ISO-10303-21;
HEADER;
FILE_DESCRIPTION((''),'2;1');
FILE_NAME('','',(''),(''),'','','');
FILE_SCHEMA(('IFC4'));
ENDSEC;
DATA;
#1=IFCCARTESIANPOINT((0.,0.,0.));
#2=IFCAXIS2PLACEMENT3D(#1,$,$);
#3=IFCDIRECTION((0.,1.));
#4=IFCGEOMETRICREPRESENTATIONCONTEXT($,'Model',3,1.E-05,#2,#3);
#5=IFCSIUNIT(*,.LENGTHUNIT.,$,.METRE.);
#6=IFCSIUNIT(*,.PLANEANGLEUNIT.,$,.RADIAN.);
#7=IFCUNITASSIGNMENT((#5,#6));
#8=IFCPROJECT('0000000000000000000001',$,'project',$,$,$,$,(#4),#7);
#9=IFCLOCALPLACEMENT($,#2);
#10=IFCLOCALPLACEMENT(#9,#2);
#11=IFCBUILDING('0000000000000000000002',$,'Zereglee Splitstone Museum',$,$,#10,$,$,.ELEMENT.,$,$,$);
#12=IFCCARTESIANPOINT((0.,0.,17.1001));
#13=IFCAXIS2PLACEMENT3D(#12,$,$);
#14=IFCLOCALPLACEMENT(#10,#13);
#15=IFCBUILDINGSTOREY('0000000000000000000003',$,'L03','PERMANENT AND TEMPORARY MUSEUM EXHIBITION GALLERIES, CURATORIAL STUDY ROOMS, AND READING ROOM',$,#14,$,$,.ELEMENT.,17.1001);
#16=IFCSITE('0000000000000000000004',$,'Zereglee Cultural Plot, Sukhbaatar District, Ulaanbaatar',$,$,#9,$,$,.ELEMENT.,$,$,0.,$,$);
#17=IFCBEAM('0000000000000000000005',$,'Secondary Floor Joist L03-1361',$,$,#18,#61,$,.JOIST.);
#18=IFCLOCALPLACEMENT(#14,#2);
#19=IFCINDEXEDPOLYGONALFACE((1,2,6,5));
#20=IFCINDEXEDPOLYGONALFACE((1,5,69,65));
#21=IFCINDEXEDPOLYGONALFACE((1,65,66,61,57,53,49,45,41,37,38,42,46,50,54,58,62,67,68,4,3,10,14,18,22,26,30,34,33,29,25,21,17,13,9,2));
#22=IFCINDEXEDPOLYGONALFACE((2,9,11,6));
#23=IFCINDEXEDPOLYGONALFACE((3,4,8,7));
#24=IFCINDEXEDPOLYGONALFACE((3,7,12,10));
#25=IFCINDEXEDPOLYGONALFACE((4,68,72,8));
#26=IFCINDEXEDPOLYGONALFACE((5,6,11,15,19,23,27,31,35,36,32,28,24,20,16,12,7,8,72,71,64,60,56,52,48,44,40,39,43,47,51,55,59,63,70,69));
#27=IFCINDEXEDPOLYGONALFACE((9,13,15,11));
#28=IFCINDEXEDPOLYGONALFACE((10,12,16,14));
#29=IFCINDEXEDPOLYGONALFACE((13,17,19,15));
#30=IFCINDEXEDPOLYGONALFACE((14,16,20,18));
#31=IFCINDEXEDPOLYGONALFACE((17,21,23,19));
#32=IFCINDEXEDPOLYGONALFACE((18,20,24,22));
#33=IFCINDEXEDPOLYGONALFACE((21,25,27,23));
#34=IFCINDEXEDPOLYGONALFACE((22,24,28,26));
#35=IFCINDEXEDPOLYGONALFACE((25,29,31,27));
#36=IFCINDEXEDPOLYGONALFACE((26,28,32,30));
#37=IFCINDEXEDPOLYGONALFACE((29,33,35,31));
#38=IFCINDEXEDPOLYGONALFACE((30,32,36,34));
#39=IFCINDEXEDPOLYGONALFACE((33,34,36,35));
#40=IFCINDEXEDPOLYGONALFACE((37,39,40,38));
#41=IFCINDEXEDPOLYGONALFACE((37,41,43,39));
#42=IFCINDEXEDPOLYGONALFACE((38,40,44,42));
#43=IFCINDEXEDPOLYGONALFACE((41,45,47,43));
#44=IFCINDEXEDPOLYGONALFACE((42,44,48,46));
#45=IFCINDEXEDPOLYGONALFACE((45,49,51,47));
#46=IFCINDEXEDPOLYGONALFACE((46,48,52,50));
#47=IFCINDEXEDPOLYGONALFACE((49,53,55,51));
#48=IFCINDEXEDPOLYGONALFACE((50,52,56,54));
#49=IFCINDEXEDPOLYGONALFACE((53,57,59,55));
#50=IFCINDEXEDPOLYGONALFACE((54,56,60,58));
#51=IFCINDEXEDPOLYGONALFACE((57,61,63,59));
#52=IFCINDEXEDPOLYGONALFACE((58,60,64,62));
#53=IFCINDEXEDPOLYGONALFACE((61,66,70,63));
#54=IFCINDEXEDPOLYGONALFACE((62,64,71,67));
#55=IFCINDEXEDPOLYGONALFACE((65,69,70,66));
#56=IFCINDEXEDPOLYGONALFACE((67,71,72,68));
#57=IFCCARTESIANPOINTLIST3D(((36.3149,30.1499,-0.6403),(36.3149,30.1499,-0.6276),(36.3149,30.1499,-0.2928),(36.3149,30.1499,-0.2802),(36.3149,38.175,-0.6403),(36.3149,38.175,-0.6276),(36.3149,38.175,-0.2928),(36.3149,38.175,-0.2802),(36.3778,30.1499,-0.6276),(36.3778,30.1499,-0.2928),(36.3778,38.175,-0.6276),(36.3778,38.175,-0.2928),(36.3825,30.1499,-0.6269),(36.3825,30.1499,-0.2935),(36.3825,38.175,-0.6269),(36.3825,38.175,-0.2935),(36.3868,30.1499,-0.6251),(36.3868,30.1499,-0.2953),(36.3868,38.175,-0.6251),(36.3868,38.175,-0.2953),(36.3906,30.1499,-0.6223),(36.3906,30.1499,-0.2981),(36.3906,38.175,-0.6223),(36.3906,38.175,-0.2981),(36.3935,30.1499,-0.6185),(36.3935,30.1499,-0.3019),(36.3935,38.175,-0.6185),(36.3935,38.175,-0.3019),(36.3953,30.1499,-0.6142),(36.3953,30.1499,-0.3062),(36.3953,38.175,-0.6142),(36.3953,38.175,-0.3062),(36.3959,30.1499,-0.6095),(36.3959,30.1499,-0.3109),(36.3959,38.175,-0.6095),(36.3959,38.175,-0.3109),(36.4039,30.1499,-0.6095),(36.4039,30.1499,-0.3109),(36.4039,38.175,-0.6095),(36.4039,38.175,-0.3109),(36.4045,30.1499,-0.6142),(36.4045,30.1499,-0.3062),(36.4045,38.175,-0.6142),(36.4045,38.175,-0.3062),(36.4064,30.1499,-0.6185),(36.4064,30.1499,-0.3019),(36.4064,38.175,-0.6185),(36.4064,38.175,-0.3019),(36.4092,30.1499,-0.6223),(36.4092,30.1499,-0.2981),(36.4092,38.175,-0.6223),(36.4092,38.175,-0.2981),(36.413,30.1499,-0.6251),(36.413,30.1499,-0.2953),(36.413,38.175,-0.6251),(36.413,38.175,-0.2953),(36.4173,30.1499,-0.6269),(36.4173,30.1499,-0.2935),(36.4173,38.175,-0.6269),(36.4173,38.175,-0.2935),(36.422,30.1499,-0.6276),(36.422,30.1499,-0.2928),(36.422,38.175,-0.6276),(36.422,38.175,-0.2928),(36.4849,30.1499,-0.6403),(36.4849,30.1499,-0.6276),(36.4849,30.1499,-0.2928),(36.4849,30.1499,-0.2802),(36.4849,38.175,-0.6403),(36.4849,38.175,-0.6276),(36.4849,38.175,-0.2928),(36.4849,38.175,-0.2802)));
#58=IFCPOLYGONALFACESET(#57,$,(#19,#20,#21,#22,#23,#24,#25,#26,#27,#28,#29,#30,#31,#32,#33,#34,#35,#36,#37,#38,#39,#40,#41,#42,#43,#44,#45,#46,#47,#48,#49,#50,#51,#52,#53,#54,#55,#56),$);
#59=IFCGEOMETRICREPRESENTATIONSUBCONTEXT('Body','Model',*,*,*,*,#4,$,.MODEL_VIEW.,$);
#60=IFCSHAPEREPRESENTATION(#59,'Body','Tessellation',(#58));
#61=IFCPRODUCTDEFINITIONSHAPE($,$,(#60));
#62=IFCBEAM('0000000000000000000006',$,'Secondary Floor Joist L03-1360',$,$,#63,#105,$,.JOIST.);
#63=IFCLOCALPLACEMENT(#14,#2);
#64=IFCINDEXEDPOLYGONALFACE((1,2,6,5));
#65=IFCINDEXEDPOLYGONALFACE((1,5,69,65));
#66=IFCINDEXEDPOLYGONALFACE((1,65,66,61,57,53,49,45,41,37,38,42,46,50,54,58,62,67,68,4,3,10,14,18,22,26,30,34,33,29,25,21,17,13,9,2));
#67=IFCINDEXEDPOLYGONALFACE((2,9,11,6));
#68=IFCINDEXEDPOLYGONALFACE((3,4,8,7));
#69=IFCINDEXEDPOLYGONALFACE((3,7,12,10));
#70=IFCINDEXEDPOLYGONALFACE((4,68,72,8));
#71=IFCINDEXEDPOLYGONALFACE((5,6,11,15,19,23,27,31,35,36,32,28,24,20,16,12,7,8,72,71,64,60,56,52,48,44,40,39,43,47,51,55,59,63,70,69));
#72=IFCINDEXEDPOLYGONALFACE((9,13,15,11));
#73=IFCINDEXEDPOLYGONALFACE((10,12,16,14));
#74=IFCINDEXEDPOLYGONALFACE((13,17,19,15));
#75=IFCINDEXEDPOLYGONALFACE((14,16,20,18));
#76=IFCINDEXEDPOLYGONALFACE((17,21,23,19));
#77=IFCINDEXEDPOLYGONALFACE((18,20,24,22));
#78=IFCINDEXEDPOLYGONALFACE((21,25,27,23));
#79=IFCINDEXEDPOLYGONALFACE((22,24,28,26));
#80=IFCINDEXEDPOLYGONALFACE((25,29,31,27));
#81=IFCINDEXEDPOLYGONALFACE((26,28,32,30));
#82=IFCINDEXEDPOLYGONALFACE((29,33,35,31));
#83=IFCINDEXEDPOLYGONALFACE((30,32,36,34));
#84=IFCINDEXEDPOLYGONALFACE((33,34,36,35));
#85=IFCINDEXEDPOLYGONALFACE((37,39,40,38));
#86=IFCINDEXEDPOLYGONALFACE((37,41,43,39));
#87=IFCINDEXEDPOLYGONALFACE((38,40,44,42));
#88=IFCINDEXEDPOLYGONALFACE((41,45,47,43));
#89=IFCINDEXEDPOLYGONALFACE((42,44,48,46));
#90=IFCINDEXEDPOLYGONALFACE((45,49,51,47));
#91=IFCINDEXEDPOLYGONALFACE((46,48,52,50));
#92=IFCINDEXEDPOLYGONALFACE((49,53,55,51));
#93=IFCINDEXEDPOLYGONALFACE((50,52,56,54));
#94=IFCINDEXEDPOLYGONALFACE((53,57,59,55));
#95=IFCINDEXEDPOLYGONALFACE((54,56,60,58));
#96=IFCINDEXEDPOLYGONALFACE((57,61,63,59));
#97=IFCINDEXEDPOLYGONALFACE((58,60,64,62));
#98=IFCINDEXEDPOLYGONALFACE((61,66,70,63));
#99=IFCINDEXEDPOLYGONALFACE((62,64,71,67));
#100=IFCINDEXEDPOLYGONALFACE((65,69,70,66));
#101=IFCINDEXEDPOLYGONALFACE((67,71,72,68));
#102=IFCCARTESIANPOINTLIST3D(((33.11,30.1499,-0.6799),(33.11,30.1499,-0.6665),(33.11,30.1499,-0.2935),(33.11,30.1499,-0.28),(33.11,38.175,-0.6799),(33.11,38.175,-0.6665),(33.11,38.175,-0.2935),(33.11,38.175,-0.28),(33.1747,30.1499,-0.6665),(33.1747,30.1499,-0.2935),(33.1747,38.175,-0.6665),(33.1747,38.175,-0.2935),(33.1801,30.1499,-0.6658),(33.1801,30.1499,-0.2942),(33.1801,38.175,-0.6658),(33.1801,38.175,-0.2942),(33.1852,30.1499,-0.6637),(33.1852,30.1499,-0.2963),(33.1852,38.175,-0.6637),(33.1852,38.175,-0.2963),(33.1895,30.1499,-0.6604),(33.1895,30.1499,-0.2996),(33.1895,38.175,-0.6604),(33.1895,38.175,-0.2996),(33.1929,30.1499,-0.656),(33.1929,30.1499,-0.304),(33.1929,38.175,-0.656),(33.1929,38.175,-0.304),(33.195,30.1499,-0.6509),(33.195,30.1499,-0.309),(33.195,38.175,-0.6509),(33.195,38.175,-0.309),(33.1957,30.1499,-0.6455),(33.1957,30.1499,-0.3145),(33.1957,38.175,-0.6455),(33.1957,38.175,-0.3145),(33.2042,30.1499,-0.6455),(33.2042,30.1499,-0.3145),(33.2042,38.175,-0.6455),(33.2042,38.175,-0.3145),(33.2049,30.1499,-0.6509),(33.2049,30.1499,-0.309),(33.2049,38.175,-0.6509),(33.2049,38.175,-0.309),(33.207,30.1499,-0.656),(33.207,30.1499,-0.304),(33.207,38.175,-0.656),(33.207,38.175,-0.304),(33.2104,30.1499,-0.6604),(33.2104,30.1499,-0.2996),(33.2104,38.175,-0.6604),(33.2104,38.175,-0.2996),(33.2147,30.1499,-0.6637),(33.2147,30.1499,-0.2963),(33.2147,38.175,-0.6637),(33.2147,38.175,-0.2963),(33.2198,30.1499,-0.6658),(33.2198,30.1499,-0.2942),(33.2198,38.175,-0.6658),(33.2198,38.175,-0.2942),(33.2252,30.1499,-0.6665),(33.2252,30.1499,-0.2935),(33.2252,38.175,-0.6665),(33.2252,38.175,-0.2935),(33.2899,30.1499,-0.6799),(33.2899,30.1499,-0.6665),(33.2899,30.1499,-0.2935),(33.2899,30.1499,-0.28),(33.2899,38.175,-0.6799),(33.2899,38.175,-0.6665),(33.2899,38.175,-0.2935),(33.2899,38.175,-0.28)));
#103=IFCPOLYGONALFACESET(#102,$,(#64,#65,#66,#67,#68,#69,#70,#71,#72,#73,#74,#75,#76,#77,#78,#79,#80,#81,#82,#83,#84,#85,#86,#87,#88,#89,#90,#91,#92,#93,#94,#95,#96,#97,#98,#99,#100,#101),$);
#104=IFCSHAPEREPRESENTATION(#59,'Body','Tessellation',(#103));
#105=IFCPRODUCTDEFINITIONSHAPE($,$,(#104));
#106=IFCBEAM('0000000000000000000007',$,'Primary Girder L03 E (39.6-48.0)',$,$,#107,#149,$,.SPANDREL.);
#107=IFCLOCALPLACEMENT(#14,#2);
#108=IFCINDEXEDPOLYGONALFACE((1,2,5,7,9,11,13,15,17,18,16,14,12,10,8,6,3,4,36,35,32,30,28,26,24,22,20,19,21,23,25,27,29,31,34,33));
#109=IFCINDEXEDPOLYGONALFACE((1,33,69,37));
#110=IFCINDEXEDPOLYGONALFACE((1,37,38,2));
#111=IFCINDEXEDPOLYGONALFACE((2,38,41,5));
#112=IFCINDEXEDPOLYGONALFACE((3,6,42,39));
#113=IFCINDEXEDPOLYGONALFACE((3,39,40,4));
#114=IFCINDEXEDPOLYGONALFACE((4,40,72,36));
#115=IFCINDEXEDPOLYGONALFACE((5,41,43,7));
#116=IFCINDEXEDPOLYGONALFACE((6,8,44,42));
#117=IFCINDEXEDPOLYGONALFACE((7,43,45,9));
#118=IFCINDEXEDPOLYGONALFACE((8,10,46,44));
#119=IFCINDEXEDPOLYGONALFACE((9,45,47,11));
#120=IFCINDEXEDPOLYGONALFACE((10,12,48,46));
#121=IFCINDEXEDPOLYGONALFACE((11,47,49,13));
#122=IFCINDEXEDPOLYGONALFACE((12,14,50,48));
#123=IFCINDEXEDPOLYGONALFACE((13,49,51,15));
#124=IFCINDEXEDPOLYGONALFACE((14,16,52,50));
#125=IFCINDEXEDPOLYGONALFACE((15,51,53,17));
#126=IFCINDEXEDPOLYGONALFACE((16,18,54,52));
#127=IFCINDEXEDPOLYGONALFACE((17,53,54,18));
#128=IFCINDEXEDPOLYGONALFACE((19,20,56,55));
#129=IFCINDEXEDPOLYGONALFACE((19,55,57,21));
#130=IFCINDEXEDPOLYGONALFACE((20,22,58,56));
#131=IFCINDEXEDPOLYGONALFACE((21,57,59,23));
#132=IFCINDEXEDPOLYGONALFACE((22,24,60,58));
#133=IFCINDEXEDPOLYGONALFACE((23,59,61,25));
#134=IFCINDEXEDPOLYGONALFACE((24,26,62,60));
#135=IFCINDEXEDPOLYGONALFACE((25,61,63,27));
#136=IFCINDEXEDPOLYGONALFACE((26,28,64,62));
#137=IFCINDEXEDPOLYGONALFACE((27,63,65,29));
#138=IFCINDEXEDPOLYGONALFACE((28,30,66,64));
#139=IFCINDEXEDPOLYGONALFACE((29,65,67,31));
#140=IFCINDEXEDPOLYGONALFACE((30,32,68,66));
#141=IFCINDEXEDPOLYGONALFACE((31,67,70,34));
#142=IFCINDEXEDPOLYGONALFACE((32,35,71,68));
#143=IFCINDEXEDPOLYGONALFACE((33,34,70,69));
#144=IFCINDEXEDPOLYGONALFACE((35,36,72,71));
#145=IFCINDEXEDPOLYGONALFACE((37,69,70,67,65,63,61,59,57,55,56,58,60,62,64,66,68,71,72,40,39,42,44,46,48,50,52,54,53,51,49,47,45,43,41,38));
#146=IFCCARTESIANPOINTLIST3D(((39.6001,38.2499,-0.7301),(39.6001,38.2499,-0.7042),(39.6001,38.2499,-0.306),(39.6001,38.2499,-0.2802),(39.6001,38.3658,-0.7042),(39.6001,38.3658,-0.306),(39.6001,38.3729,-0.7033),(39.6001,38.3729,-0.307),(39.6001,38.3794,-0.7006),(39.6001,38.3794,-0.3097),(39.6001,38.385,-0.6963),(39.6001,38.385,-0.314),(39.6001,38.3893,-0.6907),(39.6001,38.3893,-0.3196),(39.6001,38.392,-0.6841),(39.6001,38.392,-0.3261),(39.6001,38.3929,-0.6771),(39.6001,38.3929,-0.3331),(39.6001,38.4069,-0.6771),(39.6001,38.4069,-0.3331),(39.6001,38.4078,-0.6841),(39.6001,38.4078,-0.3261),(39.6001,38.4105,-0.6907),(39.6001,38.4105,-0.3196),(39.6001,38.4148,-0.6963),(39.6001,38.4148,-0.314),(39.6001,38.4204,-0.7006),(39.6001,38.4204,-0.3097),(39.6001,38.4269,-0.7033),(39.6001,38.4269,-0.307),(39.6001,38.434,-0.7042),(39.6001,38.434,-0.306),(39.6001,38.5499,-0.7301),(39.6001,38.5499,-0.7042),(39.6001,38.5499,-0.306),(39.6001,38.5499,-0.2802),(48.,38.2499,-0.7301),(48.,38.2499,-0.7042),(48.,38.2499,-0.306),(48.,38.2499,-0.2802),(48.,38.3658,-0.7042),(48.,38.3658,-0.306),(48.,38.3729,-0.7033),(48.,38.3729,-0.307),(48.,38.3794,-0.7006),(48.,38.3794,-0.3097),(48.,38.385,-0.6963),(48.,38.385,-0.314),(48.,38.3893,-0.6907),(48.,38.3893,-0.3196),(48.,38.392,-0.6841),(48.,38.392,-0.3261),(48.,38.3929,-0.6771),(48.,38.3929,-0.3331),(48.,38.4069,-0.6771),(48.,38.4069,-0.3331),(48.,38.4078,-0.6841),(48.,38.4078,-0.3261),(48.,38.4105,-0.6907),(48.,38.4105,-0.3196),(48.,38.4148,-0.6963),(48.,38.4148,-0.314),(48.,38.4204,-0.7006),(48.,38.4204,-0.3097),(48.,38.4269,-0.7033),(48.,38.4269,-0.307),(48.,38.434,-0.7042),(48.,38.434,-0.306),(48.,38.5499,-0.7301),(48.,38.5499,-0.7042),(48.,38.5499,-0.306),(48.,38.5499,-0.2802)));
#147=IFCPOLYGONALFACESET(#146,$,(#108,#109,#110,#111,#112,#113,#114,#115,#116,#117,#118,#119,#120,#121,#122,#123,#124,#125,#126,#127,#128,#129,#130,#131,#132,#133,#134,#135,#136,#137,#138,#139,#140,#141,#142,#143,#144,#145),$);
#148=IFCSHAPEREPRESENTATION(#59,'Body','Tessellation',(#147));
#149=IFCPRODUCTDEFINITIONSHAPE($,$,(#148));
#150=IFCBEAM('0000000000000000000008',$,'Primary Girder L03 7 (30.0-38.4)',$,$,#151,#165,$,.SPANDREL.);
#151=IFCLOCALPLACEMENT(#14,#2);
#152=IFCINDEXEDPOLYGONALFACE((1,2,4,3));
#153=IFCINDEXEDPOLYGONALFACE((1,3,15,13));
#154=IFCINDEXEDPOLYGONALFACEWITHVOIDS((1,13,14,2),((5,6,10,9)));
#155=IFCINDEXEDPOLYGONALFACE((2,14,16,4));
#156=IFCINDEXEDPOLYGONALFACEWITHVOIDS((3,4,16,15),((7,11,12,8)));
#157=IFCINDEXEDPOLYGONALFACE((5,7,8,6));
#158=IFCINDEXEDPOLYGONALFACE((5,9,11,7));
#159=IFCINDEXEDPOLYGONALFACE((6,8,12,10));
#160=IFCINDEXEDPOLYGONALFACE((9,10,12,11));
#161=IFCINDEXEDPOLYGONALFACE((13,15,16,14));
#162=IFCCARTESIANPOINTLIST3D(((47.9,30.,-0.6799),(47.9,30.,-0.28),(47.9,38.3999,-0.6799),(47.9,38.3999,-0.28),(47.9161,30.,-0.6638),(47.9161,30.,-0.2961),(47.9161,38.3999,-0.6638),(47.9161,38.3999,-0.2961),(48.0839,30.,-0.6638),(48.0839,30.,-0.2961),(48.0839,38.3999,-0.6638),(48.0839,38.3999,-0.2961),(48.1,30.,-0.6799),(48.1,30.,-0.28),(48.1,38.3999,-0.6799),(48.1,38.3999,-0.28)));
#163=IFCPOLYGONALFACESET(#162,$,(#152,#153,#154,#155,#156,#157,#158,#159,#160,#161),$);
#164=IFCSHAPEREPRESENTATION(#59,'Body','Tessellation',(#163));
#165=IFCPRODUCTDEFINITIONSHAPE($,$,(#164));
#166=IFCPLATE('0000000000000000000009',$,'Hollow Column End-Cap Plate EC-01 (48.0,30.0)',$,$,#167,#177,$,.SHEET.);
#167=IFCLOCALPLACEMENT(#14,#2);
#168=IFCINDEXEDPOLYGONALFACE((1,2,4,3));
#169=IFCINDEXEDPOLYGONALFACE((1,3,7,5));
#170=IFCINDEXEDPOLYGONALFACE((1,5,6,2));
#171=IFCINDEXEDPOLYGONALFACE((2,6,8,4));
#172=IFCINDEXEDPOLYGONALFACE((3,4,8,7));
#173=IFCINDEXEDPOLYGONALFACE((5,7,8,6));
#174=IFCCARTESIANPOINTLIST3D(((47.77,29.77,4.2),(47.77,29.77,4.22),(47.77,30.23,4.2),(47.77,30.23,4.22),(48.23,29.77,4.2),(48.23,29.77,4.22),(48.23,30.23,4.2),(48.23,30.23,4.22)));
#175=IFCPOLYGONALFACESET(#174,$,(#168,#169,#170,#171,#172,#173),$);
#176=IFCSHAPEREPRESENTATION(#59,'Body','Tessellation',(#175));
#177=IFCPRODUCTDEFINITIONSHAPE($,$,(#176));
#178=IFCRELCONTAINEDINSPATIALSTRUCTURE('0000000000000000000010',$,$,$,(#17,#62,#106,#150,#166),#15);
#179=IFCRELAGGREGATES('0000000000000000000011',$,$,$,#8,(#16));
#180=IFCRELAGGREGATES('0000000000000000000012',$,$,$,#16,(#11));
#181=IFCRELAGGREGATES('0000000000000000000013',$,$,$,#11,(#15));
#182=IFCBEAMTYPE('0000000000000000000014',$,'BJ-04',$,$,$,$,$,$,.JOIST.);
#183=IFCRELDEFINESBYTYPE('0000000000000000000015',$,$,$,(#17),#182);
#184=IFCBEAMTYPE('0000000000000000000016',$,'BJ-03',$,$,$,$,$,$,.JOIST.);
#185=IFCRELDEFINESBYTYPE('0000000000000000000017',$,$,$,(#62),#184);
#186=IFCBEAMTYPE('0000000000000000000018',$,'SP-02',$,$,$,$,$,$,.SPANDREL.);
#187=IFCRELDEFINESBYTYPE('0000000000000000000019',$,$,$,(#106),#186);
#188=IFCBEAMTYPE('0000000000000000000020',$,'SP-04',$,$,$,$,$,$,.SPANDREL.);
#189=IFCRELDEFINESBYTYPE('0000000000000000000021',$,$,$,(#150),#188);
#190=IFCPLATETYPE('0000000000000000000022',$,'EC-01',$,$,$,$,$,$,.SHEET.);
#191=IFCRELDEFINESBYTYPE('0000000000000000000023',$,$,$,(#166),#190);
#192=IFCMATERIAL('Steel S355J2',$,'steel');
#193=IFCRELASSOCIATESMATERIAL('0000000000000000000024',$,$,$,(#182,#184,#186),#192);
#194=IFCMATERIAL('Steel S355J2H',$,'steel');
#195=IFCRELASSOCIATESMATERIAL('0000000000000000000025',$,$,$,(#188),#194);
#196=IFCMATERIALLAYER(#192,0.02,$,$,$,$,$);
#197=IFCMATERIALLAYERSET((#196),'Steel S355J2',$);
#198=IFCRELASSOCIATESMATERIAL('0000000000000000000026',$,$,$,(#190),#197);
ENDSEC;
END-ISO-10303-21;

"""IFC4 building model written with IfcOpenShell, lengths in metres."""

from ifc_helpers import new_model, si_unit, direction, frame, origin, origin_2d, place, context, subcontext, project, spatial, rectangle, hollow_rectangle, i_section, extrude, material, layer, layer_set, material_profile, profile_set, type_object, element, save


model = new_model("IFC4")

# Units and contexts
model_context = context("Model", 3, precision=1e-05, world=origin(), true_north=direction((0.0, 1.0)))
body_context = subcontext(model_context, "Body", "Model", "MODEL_VIEW")
ifc_project = project(units=[si_unit("LENGTHUNIT", "METRE"), si_unit("PLANEANGLEUNIT", "RADIAN")], contexts=[model_context])

# Site, building, storey
site_placement = place(None, origin())
site = spatial("IfcSite", under=ifc_project, at=site_placement, Name="Zereglee Cultural Plot, Sukhbaatar District, Ulaanbaatar", CompositionType="ELEMENT", RefElevation=0.0)
building_placement = place(site_placement, origin())
building = spatial("IfcBuilding", under=site, at=building_placement, Name="Zereglee Splitstone Museum", CompositionType="ELEMENT")
storey_placement = place(building_placement, frame((0.0, 0.0, 17.1001)))
storey = spatial("IfcBuildingStorey", under=building, at=storey_placement, Name="L03", Description="PERMANENT AND TEMPORARY MUSEUM EXHIBITION GALLERIES, CURATORIAL STUDY ROOMS, AND READING ROOM", CompositionType="ELEMENT", Elevation=17.1001)

# Shared definitions
ifc_material_1 = material(Name="Steel S355J2H", Category="steel")
ifc_material_2 = material(Name="Steel S355J2", Category="steel")

# Beams
ifc_material_profile_1 = material_profile(ifc_material_2, i_section(OverallWidth=0.1699, OverallDepth=0.3601, WebThickness=0.0081, FlangeThickness=0.0127, FilletRadius=0.0181, at=origin_2d()), Name="IPE 360")
ifc_profile_set_1 = profile_set([ifc_material_profile_1], Name="Steel S355J2")
beam_type_1 = type_object("IfcBeamType", Name="BJ-04", PredefinedType="JOIST", material=ifc_profile_set_1)
beam_1_placement = place(storey_placement, frame((36.3999, 30.1499, -0.4602), z_axis=(0.0, 1.0, 0.0), x_axis=(-1.0, 0.0, 0.0)))
element("IfcBeam", 1, at=beam_1_placement, inside=storey, type_object=beam_type_1, Name="Secondary Floor Joist L03-1361", PredefinedType="JOIST", context=body_context, shape_type="SweptSolid", body=[
    extrude(i_section(OverallWidth=0.1699, OverallDepth=0.3601, WebThickness=0.0081, FlangeThickness=0.0127, FilletRadius=0.0181, at=origin_2d()), origin(), (0.0, 0.0, 1.0), 8.0251),
])
ifc_material_profile_2 = material_profile(ifc_material_2, i_section(OverallWidth=0.1799, OverallDepth=0.3999, WebThickness=0.0085, FlangeThickness=0.0134, FilletRadius=0.021, at=origin_2d()), Name="IPE 400")
ifc_profile_set_2 = profile_set([ifc_material_profile_2], Name="Steel S355J2")
beam_type_2 = type_object("IfcBeamType", Name="BJ-03", PredefinedType="JOIST", material=ifc_profile_set_2)
beam_2_placement = place(storey_placement, frame((33.2, 30.1499, -0.48), z_axis=(0.0, 1.0, 0.0), x_axis=(-1.0, 0.0, 0.0)))
element("IfcBeam", 2, at=beam_2_placement, inside=storey, type_object=beam_type_2, Name="Secondary Floor Joist L03-1360", PredefinedType="JOIST", context=body_context, shape_type="SweptSolid", body=[
    extrude(i_section(OverallWidth=0.1799, OverallDepth=0.3999, WebThickness=0.0085, FlangeThickness=0.0134, FilletRadius=0.021, at=origin_2d()), origin(), (0.0, 0.0, 1.0), 8.0251),
])
ifc_material_profile_3 = material_profile(ifc_material_2, i_section(OverallWidth=0.3, OverallDepth=0.45, WebThickness=0.0139, FlangeThickness=0.0259, FilletRadius=0.0271, at=origin_2d()), Name="HE 450 B")
ifc_profile_set_3 = profile_set([ifc_material_profile_3], Name="Steel S355J2")
beam_type_3 = type_object("IfcBeamType", Name="SP-02", PredefinedType="SPANDREL", material=ifc_profile_set_3)
beam_3_placement = place(storey_placement, frame((39.6001, 38.3999, -0.5051), z_axis=(1.0, 0.0, 0.0), x_axis=(0.0, 1.0, 0.0)))
element("IfcBeam", 3, at=beam_3_placement, inside=storey, type_object=beam_type_3, Name="Primary Girder L03 E (39.6-48.0)", PredefinedType="SPANDREL", context=body_context, shape_type="SweptSolid", body=[
    extrude(i_section(OverallWidth=0.3, OverallDepth=0.45, WebThickness=0.0139, FlangeThickness=0.0259, FilletRadius=0.0271, at=origin_2d()), origin(), (0.0, 0.0, 1.0), 8.3999),
])
ifc_material_profile_4 = material_profile(ifc_material_1, hollow_rectangle(XDim=0.2, YDim=0.3999, WallThickness=0.0161, at=origin_2d()), Name="RHS 400x200x16")
ifc_profile_set_4 = profile_set([ifc_material_profile_4], Name="Steel S355J2H")
beam_type_4 = type_object("IfcBeamType", Name="SP-04", PredefinedType="SPANDREL", material=ifc_profile_set_4)
beam_4_placement = place(storey_placement, frame((48.0, 30.0, -0.48), z_axis=(0.0, 1.0, 0.0), x_axis=(-1.0, 0.0, 0.0)))
element("IfcBeam", 4, at=beam_4_placement, inside=storey, type_object=beam_type_4, Name="Primary Girder L03 7 (30.0-38.4)", PredefinedType="SPANDREL", context=body_context, shape_type="SweptSolid", body=[
    extrude(hollow_rectangle(XDim=0.2, YDim=0.3999, WallThickness=0.0161, at=origin_2d()), origin(), (0.0, 0.0, 1.0), 8.3999),
])

# Plate
ifc_layer_1 = layer(ifc_material_2, 0.02)
ifc_layer_set_1 = layer_set([ifc_layer_1], Name="Steel S355J2")
plate_type = type_object("IfcPlateType", Name="EC-01", PredefinedType="SHEET", material=ifc_layer_set_1)
plate_placement = place(storey_placement, frame((48.0, 30.0, 4.2), z_axis=(0.0, 0.0, 1.0), x_axis=(1.0, 0.0, 0.0)))
element("IfcPlate", 5, at=plate_placement, inside=storey, type_object=plate_type, Name="Hollow Column End-Cap Plate EC-01 (48.0,30.0)", PredefinedType="SHEET", context=body_context, shape_type="SweptSolid", body=[
    extrude(rectangle(XDim=0.46, YDim=0.46, at=origin_2d()), origin(), (0.0, 0.0, 1.0), 0.02),
])

save(model, "model.ifc")
